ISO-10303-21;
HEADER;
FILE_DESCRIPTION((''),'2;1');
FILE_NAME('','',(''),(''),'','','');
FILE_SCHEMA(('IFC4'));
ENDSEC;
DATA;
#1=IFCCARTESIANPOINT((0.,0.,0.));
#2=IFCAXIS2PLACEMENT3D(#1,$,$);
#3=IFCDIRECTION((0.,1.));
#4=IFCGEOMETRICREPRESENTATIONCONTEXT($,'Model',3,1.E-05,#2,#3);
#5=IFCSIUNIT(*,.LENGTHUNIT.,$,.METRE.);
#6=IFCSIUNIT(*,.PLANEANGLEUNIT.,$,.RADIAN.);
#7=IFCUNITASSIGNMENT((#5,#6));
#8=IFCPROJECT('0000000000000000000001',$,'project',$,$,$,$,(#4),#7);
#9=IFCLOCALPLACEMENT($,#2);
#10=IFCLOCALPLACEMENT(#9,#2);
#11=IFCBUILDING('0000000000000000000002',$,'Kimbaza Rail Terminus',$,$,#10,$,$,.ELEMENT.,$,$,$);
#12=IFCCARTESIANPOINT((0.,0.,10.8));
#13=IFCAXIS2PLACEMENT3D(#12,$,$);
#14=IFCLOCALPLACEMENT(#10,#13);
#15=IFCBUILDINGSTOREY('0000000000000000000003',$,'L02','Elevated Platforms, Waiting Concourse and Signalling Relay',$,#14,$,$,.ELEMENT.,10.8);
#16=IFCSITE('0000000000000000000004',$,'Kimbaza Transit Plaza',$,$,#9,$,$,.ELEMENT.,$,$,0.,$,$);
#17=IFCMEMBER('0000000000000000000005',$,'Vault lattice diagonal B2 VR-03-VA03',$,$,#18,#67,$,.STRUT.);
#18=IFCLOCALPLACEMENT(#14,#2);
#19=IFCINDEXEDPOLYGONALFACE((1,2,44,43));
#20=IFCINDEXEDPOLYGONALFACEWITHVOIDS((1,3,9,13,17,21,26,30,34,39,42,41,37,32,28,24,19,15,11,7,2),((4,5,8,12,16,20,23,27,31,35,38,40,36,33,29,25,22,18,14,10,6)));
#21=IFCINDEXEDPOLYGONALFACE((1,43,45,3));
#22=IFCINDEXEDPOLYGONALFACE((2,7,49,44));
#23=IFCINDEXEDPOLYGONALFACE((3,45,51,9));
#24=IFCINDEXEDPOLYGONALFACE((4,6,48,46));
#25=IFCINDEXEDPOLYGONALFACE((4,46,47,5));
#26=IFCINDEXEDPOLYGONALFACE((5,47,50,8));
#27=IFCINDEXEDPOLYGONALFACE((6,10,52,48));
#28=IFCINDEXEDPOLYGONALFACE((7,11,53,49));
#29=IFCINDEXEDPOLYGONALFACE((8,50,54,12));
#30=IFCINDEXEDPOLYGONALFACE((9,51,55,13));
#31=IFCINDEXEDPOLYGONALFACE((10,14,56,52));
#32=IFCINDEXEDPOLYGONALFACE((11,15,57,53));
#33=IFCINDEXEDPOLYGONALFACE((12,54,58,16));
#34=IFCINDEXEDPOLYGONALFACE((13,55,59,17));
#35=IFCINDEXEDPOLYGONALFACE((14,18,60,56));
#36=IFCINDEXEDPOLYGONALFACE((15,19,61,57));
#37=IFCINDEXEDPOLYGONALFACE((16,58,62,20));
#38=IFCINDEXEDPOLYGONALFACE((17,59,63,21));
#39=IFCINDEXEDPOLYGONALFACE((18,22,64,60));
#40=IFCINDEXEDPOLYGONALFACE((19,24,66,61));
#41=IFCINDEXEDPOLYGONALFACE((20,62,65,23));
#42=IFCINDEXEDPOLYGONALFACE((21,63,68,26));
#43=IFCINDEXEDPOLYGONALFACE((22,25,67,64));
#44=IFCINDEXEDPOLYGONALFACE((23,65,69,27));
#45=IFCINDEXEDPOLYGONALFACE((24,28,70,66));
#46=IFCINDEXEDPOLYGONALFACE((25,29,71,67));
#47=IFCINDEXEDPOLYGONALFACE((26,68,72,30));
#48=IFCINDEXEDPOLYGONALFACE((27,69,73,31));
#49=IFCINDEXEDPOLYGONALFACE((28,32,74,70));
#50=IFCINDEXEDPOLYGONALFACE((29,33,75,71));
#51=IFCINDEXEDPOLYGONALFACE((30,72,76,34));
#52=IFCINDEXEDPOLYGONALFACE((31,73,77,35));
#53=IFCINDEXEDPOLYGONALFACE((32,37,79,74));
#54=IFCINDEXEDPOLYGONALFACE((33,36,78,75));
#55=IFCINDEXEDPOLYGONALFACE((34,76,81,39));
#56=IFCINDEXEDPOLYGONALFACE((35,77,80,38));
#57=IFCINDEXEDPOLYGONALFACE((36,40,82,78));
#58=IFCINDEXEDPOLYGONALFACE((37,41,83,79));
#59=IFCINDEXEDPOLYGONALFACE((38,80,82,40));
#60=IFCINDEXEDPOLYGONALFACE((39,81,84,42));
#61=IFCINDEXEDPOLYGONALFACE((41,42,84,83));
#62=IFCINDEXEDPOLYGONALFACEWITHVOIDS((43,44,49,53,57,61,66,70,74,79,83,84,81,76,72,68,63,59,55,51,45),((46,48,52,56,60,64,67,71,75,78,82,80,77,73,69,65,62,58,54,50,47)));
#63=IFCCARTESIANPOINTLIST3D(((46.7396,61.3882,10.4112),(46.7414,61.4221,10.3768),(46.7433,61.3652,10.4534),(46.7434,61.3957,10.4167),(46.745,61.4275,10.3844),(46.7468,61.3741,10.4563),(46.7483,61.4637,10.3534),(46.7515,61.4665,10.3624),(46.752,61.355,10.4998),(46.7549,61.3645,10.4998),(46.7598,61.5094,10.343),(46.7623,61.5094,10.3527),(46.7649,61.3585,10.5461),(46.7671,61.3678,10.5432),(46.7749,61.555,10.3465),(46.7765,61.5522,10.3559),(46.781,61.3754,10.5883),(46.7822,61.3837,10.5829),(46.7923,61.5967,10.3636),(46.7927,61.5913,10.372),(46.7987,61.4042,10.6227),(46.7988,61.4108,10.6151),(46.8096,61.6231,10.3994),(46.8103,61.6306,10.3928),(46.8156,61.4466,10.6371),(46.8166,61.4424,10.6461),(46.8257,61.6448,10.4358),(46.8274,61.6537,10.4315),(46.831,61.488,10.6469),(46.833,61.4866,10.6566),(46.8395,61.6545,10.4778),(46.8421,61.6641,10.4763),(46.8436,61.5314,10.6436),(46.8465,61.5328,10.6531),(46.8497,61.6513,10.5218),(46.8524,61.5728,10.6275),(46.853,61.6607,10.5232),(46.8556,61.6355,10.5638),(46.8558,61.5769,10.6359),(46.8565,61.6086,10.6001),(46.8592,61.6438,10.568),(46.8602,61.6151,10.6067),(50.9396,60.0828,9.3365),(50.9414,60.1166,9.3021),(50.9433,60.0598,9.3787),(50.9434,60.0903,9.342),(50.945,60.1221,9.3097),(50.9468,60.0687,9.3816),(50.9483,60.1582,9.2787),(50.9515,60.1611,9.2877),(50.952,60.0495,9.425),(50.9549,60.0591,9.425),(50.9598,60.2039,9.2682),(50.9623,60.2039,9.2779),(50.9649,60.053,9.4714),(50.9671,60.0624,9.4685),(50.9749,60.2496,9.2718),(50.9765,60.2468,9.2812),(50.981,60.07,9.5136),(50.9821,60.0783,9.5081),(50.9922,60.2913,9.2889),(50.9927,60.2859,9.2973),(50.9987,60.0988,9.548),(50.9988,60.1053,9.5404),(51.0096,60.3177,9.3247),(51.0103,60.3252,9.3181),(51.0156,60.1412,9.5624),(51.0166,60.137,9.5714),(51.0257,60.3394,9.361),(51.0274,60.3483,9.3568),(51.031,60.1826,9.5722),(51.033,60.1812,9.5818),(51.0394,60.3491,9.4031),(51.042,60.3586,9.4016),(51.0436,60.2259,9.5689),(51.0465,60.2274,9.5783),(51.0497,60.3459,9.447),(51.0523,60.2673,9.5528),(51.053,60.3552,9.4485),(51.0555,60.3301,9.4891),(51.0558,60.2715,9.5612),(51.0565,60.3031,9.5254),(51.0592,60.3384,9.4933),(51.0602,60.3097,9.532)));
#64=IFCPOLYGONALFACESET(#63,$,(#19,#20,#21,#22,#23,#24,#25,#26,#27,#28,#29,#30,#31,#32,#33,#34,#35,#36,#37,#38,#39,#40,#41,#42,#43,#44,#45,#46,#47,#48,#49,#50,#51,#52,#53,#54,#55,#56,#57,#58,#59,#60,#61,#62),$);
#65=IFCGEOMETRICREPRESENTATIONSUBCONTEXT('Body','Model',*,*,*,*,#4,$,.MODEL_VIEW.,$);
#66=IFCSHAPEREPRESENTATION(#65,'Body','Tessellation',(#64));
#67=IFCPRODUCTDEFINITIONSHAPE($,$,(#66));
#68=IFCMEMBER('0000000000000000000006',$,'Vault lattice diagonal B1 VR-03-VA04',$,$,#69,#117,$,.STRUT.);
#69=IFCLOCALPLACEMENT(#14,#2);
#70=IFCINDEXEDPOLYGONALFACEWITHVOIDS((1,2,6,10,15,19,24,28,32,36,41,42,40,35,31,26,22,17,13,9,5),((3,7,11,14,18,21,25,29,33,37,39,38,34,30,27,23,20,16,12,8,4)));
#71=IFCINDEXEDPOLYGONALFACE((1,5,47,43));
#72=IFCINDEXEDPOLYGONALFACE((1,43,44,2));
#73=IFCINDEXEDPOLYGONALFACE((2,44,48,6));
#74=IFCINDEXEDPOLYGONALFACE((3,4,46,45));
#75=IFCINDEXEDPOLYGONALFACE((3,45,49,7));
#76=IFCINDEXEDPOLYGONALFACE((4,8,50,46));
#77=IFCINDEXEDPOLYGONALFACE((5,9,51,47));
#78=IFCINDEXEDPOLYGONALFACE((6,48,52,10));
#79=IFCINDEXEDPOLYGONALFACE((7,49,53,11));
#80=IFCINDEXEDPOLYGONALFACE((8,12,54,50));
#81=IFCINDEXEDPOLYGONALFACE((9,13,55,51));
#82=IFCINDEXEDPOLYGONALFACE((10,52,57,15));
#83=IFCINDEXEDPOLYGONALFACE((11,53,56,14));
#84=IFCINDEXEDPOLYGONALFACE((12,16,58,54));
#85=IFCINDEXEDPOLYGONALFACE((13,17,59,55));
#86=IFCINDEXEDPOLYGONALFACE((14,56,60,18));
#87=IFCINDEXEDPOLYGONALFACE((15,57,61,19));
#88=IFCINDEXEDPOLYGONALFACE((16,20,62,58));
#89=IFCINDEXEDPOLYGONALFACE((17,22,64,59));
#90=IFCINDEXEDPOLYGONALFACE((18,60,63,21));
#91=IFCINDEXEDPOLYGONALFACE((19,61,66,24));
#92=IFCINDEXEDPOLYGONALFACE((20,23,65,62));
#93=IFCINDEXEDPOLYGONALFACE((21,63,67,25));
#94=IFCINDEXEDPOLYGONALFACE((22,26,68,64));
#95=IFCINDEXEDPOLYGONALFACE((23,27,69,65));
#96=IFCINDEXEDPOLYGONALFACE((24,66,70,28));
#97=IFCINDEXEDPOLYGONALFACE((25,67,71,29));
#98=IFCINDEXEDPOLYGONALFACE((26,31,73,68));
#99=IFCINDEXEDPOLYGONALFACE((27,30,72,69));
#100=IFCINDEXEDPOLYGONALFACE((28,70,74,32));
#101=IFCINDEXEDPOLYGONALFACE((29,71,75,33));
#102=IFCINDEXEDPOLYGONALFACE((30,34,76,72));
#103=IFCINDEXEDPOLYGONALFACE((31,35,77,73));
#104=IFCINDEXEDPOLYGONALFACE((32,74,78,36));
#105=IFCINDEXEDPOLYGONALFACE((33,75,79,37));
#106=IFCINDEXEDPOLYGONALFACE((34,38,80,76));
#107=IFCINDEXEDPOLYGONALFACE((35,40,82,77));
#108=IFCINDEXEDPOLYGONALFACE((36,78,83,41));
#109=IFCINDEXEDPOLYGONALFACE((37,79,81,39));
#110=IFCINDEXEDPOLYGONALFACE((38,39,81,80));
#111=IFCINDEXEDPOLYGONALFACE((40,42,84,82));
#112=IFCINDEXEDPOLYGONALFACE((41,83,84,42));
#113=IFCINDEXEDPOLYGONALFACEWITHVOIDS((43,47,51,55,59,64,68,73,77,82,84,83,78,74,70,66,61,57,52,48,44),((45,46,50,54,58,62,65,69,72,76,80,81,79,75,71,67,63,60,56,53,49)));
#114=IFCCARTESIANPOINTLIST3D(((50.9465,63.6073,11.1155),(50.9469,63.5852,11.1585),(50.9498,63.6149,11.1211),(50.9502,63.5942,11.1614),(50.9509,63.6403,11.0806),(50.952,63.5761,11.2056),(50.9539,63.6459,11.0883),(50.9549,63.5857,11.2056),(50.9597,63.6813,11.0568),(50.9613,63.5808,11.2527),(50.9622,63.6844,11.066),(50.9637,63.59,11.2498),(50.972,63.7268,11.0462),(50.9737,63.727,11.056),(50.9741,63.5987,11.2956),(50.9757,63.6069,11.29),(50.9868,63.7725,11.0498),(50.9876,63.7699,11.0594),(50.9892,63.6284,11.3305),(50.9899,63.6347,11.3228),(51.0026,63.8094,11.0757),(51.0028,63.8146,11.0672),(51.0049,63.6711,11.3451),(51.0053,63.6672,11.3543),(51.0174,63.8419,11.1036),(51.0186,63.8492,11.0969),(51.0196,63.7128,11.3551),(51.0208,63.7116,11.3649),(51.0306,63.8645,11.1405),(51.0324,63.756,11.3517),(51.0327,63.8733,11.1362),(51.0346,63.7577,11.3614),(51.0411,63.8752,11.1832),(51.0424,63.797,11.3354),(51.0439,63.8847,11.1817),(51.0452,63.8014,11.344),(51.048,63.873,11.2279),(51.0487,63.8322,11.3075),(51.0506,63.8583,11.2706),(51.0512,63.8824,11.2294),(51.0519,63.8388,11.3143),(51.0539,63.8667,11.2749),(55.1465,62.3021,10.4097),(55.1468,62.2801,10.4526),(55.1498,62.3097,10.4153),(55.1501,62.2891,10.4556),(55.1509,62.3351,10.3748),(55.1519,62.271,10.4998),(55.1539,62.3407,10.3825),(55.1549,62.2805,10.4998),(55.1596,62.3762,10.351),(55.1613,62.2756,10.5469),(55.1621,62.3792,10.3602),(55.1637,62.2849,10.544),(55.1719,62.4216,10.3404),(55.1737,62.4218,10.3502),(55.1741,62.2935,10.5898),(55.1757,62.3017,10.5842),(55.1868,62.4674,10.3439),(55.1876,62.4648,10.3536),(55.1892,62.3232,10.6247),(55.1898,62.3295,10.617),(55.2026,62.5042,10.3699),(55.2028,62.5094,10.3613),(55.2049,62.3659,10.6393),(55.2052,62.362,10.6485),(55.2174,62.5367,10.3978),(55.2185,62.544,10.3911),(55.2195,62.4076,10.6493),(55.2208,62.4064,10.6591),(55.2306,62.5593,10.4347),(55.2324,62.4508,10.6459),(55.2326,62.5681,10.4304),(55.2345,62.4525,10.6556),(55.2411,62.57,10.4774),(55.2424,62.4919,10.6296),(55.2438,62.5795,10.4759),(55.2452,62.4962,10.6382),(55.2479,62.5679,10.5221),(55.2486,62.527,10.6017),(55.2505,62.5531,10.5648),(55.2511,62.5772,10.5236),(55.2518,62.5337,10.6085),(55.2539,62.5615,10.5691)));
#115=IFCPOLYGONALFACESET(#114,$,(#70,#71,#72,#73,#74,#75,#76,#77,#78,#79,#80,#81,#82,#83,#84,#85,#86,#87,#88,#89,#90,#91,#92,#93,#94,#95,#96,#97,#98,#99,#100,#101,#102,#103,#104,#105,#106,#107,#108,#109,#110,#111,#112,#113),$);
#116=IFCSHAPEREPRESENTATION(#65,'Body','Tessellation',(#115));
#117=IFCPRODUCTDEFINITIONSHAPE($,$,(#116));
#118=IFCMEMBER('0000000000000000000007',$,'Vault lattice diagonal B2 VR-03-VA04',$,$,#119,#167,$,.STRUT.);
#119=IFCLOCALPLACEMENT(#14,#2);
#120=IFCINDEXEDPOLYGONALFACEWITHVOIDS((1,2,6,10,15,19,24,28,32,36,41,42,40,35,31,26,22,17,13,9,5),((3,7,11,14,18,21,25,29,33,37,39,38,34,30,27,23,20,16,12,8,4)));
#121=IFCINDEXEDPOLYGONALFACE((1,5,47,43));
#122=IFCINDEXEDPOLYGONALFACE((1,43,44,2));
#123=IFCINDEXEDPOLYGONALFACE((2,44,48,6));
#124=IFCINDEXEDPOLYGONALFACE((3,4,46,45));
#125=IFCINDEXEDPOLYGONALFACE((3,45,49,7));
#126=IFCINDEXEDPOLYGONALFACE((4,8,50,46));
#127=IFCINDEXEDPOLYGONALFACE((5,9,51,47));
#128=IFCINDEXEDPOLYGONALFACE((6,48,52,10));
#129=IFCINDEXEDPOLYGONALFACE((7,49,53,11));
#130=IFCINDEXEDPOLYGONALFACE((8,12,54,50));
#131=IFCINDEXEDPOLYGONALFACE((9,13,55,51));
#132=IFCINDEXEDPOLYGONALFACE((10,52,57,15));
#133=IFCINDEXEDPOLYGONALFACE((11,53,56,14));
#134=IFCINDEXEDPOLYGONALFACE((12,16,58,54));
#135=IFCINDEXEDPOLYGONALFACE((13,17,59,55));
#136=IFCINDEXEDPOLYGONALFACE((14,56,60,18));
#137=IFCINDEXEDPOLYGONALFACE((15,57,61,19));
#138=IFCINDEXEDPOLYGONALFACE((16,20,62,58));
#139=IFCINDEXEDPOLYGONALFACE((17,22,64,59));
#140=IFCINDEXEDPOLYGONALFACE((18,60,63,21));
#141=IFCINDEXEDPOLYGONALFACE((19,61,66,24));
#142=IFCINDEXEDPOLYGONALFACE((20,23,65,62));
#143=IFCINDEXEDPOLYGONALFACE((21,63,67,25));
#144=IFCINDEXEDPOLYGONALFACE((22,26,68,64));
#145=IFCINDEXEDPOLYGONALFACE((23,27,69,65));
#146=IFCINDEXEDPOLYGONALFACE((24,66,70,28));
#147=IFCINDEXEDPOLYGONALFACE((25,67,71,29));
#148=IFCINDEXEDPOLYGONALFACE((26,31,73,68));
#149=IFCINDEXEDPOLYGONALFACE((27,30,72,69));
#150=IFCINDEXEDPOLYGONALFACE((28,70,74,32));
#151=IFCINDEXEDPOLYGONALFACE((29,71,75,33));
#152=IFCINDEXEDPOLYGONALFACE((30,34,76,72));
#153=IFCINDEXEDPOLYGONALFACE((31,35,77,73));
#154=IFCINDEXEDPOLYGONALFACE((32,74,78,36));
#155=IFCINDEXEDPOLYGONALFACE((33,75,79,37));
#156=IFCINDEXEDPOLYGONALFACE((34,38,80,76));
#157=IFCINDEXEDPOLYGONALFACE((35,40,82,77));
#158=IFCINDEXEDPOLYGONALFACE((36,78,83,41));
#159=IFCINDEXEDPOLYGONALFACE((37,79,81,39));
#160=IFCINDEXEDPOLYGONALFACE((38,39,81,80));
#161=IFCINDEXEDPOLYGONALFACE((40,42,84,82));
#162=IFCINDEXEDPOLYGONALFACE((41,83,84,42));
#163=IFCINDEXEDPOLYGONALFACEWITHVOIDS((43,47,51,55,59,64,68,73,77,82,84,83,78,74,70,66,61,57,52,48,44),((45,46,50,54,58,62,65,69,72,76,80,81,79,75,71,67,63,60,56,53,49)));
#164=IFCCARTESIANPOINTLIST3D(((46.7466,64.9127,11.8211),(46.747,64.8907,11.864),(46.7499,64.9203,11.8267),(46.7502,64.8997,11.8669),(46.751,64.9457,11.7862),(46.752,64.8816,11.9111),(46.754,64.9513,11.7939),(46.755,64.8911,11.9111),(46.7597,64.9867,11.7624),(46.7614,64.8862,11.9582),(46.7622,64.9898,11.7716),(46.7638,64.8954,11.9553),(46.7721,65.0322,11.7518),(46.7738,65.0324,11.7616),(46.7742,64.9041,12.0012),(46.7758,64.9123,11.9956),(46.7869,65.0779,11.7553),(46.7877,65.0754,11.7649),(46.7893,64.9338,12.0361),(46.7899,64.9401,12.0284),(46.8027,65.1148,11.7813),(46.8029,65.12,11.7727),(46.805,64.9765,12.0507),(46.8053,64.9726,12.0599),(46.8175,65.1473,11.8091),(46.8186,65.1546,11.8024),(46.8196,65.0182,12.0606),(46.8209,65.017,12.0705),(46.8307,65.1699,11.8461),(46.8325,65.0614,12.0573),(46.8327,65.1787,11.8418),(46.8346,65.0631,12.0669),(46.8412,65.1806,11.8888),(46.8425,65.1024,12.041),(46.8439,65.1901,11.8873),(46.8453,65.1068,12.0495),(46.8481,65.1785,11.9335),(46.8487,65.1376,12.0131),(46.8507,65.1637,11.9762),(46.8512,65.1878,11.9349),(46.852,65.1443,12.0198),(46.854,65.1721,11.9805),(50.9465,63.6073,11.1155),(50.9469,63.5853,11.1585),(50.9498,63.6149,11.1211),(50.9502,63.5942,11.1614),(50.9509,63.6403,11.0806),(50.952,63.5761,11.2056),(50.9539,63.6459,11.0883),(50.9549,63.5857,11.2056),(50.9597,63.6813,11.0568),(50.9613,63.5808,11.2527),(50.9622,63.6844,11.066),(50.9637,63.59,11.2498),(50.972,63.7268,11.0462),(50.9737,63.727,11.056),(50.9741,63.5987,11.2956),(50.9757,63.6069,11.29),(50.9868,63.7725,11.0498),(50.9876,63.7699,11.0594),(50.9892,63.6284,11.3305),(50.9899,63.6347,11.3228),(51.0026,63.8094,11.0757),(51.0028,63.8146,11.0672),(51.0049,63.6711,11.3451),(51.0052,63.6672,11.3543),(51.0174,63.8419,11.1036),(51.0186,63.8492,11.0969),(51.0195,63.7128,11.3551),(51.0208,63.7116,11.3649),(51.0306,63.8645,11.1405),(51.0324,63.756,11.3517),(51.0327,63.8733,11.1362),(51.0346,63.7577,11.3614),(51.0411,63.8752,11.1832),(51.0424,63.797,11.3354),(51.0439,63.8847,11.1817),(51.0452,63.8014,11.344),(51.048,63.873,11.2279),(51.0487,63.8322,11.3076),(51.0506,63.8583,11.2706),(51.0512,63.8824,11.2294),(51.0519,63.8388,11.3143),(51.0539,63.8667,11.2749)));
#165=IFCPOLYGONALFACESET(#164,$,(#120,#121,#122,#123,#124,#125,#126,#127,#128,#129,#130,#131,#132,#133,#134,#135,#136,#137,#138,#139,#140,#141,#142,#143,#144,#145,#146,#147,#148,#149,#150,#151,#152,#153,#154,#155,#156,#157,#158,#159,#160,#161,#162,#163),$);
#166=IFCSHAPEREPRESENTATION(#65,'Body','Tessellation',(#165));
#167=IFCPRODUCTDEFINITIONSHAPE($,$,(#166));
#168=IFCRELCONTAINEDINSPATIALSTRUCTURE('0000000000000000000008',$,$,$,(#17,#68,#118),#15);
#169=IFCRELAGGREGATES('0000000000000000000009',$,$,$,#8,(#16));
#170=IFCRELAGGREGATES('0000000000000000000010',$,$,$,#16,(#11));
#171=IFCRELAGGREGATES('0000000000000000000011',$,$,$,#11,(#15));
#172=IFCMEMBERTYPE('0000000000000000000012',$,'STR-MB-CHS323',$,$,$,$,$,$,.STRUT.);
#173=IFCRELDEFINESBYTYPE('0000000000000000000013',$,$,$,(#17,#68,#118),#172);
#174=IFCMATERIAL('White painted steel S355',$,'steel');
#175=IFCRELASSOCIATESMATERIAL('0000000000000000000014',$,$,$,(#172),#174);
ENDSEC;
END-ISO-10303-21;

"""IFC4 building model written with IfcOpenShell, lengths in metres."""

from ifc_helpers import new_model, si_unit, direction, frame, origin, origin_2d, place, context, subcontext, project, spatial, hollow_circle, extrude, material, material_profile, profile_set, type_object, element, save


model = new_model("IFC4")

# Units and contexts
model_context = context("Model", 3, precision=1e-05, world=origin(), true_north=direction((0.0, 1.0)))
body_context = subcontext(model_context, "Body", "Model", "MODEL_VIEW")
ifc_project = project(units=[si_unit("LENGTHUNIT", "METRE"), si_unit("PLANEANGLEUNIT", "RADIAN")], contexts=[model_context])

# Site, building, storey
site_placement = place(None, origin())
site = spatial("IfcSite", under=ifc_project, at=site_placement, Name="Kimbaza Transit Plaza", CompositionType="ELEMENT", RefElevation=0.0)
building_placement = place(site_placement, origin())
building = spatial("IfcBuilding", under=site, at=building_placement, Name="Kimbaza Rail Terminus", CompositionType="ELEMENT")
storey_placement = place(building_placement, frame((0.0, 0.0, 10.8)))
storey = spatial("IfcBuildingStorey", under=building, at=storey_placement, Name="L02", Description="Elevated Platforms, Waiting Concourse and Signalling Relay", CompositionType="ELEMENT", Elevation=10.8)

# Members
ifc_material_1 = material(Name="White painted steel S355", Category="steel")
ifc_material_profile_1 = material_profile(ifc_material_1, hollow_circle(Radius=0.1619, WallThickness=0.01, at=origin_2d()), Name="CHS 323.9x10")
ifc_profile_set_1 = profile_set([ifc_material_profile_1], Name="White painted steel S355")
member_type_1 = type_object("IfcMemberType", Name="STR-MB-CHS323", PredefinedType="STRUT", material=ifc_profile_set_1)
for number, where, z_axis, x_axis, name in (
    (1, (51.0, 60.2041, 9.425), (-0.927643, 0.288328, 0.237371), (-0.296811, -0.954936, 0.0), "Vault lattice diagonal B2 VR-03-VA03"),
):
    element("IfcMember", number, at=place(storey_placement, frame(where, z_axis=z_axis, x_axis=x_axis)), inside=storey, type_object=member_type_1, Name=name, PredefinedType="STRUT", context=body_context, shape_type="SweptSolid", body=[
        extrude(hollow_circle(Radius=0.1619, WallThickness=0.01, at=origin_2d()), origin(), (0.0, 0.0, 1.0), 4.5276),
    ])
for number, where, z_axis, x_axis, name in (
    (2, (55.2, 62.4255, 10.4998), (-0.942887, 0.293011, 0.158454), (-0.296761, -0.954952, 0.0), "Vault lattice diagonal B1 VR-03-VA04"),
    (3, (51.0, 63.7307, 11.2056), (-0.94288, 0.293064, 0.158398), (-0.296811, -0.954936, 0.0), "Vault lattice diagonal B2 VR-03-VA04"),
):
    element("IfcMember", number, at=place(storey_placement, frame(where, z_axis=z_axis, x_axis=x_axis)), inside=storey, type_object=member_type_1, Name=name, PredefinedType="STRUT", context=body_context, shape_type="SweptSolid", body=[
        extrude(hollow_circle(Radius=0.1619, WallThickness=0.01, at=origin_2d()), origin(), (0.0, 0.0, 1.0), 4.4543),
    ])

save(model, "model.ifc")
